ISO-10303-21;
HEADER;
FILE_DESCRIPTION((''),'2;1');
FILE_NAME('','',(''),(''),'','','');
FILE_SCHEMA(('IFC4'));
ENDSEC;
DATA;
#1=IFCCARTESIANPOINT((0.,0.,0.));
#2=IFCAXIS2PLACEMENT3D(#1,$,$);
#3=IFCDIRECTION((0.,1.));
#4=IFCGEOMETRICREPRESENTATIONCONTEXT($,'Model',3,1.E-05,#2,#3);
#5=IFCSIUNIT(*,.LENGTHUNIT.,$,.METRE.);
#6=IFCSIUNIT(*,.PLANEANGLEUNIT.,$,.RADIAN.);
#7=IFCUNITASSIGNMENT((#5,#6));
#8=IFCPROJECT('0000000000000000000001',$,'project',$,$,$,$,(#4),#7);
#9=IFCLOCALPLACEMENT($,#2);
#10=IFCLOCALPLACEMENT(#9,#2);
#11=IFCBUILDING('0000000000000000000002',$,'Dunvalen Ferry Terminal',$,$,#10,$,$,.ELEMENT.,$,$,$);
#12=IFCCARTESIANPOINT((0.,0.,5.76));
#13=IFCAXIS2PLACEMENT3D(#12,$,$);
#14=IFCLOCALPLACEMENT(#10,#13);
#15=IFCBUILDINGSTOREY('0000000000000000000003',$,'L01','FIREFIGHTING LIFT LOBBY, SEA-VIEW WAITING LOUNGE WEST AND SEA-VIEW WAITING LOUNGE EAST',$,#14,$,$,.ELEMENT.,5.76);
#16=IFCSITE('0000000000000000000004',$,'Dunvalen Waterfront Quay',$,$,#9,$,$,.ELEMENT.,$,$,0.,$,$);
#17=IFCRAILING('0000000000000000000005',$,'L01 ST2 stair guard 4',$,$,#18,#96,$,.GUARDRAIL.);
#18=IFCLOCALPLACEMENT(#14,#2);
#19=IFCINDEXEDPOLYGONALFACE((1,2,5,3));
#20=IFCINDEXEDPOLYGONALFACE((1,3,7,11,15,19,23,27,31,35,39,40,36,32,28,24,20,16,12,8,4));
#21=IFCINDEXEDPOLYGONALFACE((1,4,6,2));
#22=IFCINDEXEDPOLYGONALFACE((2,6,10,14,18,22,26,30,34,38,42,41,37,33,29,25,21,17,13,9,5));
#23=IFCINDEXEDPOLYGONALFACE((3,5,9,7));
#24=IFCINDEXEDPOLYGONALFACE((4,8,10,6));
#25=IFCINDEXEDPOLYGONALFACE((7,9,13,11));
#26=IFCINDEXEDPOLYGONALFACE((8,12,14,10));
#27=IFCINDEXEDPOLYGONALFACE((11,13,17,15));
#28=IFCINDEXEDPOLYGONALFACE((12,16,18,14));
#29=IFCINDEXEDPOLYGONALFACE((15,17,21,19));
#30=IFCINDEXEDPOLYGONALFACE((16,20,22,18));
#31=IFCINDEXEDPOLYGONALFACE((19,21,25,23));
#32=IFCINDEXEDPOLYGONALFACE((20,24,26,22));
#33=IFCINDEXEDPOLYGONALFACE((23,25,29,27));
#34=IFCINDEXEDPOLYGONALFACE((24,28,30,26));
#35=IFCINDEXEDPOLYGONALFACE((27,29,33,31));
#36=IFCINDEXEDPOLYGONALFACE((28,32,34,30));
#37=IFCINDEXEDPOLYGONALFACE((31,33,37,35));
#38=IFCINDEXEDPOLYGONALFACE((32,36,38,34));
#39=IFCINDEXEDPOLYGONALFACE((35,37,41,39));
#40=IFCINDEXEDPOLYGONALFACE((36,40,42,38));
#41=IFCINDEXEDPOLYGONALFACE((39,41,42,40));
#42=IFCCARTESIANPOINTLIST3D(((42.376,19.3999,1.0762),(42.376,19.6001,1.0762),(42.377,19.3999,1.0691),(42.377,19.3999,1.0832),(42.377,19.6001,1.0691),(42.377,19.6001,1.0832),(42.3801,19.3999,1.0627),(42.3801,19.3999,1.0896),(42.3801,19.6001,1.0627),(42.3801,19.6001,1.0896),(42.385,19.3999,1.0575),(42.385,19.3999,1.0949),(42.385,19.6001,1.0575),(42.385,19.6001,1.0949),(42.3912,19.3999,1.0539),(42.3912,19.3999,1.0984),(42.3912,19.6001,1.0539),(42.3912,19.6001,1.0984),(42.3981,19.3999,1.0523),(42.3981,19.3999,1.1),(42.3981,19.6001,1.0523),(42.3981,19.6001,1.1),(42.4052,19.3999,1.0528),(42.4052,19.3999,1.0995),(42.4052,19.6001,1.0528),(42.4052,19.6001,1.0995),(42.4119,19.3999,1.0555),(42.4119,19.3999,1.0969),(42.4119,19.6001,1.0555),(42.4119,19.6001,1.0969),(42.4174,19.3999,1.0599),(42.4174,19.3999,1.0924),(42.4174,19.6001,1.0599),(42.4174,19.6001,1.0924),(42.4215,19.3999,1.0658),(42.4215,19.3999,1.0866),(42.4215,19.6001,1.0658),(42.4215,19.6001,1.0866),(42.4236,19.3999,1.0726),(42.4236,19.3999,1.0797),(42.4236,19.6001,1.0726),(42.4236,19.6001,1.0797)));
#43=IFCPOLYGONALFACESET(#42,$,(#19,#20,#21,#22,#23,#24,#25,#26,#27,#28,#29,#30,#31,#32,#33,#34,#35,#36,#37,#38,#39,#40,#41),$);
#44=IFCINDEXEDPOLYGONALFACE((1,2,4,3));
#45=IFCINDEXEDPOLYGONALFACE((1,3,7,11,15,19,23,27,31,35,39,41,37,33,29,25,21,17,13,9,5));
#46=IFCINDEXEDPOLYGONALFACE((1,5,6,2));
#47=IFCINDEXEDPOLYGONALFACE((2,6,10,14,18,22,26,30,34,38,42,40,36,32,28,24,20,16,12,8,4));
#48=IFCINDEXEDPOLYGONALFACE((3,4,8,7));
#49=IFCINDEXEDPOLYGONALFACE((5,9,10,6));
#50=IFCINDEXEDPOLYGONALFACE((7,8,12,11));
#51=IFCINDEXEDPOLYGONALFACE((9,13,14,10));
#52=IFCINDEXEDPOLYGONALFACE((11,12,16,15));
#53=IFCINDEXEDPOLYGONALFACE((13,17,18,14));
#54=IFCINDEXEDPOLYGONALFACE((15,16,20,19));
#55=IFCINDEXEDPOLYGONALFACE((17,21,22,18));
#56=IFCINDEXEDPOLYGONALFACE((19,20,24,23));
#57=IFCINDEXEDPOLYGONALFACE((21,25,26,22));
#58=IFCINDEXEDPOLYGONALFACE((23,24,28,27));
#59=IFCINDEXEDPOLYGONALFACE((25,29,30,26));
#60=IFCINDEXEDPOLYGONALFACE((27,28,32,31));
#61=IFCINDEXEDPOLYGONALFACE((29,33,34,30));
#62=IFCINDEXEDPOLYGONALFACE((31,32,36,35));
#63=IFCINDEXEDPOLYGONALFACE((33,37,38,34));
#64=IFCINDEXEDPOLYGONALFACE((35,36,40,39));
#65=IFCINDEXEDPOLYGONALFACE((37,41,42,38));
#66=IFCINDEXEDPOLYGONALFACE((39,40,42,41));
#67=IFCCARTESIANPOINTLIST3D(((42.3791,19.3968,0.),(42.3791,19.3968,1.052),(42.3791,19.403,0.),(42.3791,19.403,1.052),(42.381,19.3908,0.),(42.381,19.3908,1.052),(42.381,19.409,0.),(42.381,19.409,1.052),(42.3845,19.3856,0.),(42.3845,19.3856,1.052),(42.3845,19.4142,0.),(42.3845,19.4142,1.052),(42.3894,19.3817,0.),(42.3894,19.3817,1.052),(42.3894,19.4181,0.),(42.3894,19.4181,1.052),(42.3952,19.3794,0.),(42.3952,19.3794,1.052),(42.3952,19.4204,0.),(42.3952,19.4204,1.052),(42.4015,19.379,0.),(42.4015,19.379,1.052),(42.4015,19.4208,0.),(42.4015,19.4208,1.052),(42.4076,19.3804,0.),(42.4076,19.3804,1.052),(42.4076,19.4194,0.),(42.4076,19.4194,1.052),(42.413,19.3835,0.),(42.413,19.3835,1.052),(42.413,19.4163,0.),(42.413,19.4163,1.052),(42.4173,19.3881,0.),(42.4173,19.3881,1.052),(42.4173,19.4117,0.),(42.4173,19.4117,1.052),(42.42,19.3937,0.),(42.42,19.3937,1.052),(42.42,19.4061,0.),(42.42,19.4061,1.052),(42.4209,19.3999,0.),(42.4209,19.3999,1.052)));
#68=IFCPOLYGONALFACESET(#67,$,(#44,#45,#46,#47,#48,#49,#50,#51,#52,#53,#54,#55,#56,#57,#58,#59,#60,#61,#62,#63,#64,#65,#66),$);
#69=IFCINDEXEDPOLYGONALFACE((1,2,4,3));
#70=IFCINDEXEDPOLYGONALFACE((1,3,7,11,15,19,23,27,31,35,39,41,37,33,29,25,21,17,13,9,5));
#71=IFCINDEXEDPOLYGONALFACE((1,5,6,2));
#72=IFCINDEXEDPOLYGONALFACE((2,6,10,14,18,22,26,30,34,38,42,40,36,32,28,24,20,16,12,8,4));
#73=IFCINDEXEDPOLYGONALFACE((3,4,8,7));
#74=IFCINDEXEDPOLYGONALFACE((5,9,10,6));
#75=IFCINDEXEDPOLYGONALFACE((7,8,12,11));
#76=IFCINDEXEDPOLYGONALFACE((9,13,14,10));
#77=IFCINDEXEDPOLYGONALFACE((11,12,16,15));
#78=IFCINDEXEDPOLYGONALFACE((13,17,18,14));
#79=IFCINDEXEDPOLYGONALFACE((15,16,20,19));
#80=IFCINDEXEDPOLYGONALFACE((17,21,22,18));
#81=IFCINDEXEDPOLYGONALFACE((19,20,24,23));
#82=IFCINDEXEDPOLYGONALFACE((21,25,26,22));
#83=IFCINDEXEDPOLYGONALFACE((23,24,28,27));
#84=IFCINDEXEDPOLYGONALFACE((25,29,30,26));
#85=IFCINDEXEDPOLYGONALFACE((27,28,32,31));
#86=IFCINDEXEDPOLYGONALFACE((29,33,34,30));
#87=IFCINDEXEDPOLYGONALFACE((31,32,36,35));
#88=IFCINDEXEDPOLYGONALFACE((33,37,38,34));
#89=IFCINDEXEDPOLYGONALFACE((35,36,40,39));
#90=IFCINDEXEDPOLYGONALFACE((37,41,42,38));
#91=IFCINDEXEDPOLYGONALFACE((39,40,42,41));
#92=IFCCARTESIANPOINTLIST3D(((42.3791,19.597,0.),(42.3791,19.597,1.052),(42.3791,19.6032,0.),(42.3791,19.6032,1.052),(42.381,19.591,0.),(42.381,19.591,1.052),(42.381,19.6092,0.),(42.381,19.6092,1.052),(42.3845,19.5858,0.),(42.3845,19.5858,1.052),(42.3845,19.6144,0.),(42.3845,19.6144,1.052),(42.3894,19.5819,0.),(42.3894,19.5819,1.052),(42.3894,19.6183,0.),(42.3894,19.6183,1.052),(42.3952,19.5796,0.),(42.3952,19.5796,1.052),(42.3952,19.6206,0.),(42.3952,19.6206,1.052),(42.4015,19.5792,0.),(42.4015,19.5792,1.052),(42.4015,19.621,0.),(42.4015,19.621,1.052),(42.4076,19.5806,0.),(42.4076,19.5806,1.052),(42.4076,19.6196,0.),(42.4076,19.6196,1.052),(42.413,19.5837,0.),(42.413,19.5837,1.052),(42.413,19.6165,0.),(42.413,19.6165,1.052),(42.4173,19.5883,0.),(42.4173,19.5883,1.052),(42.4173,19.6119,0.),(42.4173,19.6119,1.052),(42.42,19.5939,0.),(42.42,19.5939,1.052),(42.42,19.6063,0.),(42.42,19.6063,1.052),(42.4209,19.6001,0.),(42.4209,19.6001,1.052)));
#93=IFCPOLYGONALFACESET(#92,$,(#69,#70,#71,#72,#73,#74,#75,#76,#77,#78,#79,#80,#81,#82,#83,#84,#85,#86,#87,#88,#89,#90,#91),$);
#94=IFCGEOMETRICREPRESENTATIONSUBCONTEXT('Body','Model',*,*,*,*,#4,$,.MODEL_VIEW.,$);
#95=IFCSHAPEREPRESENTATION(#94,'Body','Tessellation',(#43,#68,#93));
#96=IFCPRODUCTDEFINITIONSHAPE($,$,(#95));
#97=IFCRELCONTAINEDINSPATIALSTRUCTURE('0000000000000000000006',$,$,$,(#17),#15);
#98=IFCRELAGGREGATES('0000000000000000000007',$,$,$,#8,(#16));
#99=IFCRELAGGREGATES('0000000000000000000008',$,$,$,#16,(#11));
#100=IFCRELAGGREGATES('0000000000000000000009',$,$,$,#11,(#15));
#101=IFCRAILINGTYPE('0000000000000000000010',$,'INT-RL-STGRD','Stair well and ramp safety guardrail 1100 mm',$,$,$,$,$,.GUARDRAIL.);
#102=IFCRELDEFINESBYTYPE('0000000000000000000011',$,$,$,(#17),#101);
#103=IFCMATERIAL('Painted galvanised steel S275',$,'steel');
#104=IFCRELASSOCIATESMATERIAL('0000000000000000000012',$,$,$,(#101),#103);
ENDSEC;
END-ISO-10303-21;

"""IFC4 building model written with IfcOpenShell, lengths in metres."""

from ifc_helpers import new_model, si_unit, direction, frame, origin, origin_2d, place, context, subcontext, project, spatial, circle, extrude, material, type_object, element, save


model = new_model("IFC4")

# Units and contexts
model_context = context("Model", 3, precision=1e-05, world=origin(), true_north=direction((0.0, 1.0)))
body_context = subcontext(model_context, "Body", "Model", "MODEL_VIEW")
ifc_project = project(units=[si_unit("LENGTHUNIT", "METRE"), si_unit("PLANEANGLEUNIT", "RADIAN")], contexts=[model_context])

# Site, building, storey
site_placement = place(None, origin())
site = spatial("IfcSite", under=ifc_project, at=site_placement, Name="Dunvalen Waterfront Quay", CompositionType="ELEMENT", RefElevation=0.0)
building_placement = place(site_placement, origin())
building = spatial("IfcBuilding", under=site, at=building_placement, Name="Dunvalen Ferry Terminal", CompositionType="ELEMENT")
storey_placement = place(building_placement, frame((0.0, 0.0, 5.76)))
storey = spatial("IfcBuildingStorey", under=building, at=storey_placement, Name="L01", Description="FIREFIGHTING LIFT LOBBY, SEA-VIEW WAITING LOUNGE WEST AND SEA-VIEW WAITING LOUNGE EAST", CompositionType="ELEMENT", Elevation=5.76)

# Railing
ifc_material_1 = material(Name="Painted galvanised steel S275", Category="steel")
railing_type_1 = type_object("IfcRailingType", Name="INT-RL-STGRD", Description="Stair well and ramp safety guardrail 1100 mm", PredefinedType="GUARDRAIL", material=ifc_material_1)
railing_1_placement = place(storey_placement, frame((42.3999, 19.3999, 0.0)))
element("IfcRailing", 1, at=railing_1_placement, inside=storey, type_object=railing_type_1, Name="L01 ST2 stair guard 4", PredefinedType="GUARDRAIL", context=body_context, shape_type="SweptSolid", body=[
    extrude(circle(Radius=0.0239, at=origin_2d()), frame((0.0, 0.0, 1.0762), z_axis=(0.0, 1.0, 0.0), x_axis=(-1.0, 0.0, 0.0)), (0.0, 0.0, 1.0), 0.2002),
    extrude(circle(Radius=0.021, at=origin_2d()), origin(), (0.0, 0.0, 1.0), 1.052),
    extrude(circle(Radius=0.021, at=origin_2d()), frame((0.0, 0.2002, 0.0)), (0.0, 0.0, 1.0), 1.052),
])

save(model, "model.ifc")
